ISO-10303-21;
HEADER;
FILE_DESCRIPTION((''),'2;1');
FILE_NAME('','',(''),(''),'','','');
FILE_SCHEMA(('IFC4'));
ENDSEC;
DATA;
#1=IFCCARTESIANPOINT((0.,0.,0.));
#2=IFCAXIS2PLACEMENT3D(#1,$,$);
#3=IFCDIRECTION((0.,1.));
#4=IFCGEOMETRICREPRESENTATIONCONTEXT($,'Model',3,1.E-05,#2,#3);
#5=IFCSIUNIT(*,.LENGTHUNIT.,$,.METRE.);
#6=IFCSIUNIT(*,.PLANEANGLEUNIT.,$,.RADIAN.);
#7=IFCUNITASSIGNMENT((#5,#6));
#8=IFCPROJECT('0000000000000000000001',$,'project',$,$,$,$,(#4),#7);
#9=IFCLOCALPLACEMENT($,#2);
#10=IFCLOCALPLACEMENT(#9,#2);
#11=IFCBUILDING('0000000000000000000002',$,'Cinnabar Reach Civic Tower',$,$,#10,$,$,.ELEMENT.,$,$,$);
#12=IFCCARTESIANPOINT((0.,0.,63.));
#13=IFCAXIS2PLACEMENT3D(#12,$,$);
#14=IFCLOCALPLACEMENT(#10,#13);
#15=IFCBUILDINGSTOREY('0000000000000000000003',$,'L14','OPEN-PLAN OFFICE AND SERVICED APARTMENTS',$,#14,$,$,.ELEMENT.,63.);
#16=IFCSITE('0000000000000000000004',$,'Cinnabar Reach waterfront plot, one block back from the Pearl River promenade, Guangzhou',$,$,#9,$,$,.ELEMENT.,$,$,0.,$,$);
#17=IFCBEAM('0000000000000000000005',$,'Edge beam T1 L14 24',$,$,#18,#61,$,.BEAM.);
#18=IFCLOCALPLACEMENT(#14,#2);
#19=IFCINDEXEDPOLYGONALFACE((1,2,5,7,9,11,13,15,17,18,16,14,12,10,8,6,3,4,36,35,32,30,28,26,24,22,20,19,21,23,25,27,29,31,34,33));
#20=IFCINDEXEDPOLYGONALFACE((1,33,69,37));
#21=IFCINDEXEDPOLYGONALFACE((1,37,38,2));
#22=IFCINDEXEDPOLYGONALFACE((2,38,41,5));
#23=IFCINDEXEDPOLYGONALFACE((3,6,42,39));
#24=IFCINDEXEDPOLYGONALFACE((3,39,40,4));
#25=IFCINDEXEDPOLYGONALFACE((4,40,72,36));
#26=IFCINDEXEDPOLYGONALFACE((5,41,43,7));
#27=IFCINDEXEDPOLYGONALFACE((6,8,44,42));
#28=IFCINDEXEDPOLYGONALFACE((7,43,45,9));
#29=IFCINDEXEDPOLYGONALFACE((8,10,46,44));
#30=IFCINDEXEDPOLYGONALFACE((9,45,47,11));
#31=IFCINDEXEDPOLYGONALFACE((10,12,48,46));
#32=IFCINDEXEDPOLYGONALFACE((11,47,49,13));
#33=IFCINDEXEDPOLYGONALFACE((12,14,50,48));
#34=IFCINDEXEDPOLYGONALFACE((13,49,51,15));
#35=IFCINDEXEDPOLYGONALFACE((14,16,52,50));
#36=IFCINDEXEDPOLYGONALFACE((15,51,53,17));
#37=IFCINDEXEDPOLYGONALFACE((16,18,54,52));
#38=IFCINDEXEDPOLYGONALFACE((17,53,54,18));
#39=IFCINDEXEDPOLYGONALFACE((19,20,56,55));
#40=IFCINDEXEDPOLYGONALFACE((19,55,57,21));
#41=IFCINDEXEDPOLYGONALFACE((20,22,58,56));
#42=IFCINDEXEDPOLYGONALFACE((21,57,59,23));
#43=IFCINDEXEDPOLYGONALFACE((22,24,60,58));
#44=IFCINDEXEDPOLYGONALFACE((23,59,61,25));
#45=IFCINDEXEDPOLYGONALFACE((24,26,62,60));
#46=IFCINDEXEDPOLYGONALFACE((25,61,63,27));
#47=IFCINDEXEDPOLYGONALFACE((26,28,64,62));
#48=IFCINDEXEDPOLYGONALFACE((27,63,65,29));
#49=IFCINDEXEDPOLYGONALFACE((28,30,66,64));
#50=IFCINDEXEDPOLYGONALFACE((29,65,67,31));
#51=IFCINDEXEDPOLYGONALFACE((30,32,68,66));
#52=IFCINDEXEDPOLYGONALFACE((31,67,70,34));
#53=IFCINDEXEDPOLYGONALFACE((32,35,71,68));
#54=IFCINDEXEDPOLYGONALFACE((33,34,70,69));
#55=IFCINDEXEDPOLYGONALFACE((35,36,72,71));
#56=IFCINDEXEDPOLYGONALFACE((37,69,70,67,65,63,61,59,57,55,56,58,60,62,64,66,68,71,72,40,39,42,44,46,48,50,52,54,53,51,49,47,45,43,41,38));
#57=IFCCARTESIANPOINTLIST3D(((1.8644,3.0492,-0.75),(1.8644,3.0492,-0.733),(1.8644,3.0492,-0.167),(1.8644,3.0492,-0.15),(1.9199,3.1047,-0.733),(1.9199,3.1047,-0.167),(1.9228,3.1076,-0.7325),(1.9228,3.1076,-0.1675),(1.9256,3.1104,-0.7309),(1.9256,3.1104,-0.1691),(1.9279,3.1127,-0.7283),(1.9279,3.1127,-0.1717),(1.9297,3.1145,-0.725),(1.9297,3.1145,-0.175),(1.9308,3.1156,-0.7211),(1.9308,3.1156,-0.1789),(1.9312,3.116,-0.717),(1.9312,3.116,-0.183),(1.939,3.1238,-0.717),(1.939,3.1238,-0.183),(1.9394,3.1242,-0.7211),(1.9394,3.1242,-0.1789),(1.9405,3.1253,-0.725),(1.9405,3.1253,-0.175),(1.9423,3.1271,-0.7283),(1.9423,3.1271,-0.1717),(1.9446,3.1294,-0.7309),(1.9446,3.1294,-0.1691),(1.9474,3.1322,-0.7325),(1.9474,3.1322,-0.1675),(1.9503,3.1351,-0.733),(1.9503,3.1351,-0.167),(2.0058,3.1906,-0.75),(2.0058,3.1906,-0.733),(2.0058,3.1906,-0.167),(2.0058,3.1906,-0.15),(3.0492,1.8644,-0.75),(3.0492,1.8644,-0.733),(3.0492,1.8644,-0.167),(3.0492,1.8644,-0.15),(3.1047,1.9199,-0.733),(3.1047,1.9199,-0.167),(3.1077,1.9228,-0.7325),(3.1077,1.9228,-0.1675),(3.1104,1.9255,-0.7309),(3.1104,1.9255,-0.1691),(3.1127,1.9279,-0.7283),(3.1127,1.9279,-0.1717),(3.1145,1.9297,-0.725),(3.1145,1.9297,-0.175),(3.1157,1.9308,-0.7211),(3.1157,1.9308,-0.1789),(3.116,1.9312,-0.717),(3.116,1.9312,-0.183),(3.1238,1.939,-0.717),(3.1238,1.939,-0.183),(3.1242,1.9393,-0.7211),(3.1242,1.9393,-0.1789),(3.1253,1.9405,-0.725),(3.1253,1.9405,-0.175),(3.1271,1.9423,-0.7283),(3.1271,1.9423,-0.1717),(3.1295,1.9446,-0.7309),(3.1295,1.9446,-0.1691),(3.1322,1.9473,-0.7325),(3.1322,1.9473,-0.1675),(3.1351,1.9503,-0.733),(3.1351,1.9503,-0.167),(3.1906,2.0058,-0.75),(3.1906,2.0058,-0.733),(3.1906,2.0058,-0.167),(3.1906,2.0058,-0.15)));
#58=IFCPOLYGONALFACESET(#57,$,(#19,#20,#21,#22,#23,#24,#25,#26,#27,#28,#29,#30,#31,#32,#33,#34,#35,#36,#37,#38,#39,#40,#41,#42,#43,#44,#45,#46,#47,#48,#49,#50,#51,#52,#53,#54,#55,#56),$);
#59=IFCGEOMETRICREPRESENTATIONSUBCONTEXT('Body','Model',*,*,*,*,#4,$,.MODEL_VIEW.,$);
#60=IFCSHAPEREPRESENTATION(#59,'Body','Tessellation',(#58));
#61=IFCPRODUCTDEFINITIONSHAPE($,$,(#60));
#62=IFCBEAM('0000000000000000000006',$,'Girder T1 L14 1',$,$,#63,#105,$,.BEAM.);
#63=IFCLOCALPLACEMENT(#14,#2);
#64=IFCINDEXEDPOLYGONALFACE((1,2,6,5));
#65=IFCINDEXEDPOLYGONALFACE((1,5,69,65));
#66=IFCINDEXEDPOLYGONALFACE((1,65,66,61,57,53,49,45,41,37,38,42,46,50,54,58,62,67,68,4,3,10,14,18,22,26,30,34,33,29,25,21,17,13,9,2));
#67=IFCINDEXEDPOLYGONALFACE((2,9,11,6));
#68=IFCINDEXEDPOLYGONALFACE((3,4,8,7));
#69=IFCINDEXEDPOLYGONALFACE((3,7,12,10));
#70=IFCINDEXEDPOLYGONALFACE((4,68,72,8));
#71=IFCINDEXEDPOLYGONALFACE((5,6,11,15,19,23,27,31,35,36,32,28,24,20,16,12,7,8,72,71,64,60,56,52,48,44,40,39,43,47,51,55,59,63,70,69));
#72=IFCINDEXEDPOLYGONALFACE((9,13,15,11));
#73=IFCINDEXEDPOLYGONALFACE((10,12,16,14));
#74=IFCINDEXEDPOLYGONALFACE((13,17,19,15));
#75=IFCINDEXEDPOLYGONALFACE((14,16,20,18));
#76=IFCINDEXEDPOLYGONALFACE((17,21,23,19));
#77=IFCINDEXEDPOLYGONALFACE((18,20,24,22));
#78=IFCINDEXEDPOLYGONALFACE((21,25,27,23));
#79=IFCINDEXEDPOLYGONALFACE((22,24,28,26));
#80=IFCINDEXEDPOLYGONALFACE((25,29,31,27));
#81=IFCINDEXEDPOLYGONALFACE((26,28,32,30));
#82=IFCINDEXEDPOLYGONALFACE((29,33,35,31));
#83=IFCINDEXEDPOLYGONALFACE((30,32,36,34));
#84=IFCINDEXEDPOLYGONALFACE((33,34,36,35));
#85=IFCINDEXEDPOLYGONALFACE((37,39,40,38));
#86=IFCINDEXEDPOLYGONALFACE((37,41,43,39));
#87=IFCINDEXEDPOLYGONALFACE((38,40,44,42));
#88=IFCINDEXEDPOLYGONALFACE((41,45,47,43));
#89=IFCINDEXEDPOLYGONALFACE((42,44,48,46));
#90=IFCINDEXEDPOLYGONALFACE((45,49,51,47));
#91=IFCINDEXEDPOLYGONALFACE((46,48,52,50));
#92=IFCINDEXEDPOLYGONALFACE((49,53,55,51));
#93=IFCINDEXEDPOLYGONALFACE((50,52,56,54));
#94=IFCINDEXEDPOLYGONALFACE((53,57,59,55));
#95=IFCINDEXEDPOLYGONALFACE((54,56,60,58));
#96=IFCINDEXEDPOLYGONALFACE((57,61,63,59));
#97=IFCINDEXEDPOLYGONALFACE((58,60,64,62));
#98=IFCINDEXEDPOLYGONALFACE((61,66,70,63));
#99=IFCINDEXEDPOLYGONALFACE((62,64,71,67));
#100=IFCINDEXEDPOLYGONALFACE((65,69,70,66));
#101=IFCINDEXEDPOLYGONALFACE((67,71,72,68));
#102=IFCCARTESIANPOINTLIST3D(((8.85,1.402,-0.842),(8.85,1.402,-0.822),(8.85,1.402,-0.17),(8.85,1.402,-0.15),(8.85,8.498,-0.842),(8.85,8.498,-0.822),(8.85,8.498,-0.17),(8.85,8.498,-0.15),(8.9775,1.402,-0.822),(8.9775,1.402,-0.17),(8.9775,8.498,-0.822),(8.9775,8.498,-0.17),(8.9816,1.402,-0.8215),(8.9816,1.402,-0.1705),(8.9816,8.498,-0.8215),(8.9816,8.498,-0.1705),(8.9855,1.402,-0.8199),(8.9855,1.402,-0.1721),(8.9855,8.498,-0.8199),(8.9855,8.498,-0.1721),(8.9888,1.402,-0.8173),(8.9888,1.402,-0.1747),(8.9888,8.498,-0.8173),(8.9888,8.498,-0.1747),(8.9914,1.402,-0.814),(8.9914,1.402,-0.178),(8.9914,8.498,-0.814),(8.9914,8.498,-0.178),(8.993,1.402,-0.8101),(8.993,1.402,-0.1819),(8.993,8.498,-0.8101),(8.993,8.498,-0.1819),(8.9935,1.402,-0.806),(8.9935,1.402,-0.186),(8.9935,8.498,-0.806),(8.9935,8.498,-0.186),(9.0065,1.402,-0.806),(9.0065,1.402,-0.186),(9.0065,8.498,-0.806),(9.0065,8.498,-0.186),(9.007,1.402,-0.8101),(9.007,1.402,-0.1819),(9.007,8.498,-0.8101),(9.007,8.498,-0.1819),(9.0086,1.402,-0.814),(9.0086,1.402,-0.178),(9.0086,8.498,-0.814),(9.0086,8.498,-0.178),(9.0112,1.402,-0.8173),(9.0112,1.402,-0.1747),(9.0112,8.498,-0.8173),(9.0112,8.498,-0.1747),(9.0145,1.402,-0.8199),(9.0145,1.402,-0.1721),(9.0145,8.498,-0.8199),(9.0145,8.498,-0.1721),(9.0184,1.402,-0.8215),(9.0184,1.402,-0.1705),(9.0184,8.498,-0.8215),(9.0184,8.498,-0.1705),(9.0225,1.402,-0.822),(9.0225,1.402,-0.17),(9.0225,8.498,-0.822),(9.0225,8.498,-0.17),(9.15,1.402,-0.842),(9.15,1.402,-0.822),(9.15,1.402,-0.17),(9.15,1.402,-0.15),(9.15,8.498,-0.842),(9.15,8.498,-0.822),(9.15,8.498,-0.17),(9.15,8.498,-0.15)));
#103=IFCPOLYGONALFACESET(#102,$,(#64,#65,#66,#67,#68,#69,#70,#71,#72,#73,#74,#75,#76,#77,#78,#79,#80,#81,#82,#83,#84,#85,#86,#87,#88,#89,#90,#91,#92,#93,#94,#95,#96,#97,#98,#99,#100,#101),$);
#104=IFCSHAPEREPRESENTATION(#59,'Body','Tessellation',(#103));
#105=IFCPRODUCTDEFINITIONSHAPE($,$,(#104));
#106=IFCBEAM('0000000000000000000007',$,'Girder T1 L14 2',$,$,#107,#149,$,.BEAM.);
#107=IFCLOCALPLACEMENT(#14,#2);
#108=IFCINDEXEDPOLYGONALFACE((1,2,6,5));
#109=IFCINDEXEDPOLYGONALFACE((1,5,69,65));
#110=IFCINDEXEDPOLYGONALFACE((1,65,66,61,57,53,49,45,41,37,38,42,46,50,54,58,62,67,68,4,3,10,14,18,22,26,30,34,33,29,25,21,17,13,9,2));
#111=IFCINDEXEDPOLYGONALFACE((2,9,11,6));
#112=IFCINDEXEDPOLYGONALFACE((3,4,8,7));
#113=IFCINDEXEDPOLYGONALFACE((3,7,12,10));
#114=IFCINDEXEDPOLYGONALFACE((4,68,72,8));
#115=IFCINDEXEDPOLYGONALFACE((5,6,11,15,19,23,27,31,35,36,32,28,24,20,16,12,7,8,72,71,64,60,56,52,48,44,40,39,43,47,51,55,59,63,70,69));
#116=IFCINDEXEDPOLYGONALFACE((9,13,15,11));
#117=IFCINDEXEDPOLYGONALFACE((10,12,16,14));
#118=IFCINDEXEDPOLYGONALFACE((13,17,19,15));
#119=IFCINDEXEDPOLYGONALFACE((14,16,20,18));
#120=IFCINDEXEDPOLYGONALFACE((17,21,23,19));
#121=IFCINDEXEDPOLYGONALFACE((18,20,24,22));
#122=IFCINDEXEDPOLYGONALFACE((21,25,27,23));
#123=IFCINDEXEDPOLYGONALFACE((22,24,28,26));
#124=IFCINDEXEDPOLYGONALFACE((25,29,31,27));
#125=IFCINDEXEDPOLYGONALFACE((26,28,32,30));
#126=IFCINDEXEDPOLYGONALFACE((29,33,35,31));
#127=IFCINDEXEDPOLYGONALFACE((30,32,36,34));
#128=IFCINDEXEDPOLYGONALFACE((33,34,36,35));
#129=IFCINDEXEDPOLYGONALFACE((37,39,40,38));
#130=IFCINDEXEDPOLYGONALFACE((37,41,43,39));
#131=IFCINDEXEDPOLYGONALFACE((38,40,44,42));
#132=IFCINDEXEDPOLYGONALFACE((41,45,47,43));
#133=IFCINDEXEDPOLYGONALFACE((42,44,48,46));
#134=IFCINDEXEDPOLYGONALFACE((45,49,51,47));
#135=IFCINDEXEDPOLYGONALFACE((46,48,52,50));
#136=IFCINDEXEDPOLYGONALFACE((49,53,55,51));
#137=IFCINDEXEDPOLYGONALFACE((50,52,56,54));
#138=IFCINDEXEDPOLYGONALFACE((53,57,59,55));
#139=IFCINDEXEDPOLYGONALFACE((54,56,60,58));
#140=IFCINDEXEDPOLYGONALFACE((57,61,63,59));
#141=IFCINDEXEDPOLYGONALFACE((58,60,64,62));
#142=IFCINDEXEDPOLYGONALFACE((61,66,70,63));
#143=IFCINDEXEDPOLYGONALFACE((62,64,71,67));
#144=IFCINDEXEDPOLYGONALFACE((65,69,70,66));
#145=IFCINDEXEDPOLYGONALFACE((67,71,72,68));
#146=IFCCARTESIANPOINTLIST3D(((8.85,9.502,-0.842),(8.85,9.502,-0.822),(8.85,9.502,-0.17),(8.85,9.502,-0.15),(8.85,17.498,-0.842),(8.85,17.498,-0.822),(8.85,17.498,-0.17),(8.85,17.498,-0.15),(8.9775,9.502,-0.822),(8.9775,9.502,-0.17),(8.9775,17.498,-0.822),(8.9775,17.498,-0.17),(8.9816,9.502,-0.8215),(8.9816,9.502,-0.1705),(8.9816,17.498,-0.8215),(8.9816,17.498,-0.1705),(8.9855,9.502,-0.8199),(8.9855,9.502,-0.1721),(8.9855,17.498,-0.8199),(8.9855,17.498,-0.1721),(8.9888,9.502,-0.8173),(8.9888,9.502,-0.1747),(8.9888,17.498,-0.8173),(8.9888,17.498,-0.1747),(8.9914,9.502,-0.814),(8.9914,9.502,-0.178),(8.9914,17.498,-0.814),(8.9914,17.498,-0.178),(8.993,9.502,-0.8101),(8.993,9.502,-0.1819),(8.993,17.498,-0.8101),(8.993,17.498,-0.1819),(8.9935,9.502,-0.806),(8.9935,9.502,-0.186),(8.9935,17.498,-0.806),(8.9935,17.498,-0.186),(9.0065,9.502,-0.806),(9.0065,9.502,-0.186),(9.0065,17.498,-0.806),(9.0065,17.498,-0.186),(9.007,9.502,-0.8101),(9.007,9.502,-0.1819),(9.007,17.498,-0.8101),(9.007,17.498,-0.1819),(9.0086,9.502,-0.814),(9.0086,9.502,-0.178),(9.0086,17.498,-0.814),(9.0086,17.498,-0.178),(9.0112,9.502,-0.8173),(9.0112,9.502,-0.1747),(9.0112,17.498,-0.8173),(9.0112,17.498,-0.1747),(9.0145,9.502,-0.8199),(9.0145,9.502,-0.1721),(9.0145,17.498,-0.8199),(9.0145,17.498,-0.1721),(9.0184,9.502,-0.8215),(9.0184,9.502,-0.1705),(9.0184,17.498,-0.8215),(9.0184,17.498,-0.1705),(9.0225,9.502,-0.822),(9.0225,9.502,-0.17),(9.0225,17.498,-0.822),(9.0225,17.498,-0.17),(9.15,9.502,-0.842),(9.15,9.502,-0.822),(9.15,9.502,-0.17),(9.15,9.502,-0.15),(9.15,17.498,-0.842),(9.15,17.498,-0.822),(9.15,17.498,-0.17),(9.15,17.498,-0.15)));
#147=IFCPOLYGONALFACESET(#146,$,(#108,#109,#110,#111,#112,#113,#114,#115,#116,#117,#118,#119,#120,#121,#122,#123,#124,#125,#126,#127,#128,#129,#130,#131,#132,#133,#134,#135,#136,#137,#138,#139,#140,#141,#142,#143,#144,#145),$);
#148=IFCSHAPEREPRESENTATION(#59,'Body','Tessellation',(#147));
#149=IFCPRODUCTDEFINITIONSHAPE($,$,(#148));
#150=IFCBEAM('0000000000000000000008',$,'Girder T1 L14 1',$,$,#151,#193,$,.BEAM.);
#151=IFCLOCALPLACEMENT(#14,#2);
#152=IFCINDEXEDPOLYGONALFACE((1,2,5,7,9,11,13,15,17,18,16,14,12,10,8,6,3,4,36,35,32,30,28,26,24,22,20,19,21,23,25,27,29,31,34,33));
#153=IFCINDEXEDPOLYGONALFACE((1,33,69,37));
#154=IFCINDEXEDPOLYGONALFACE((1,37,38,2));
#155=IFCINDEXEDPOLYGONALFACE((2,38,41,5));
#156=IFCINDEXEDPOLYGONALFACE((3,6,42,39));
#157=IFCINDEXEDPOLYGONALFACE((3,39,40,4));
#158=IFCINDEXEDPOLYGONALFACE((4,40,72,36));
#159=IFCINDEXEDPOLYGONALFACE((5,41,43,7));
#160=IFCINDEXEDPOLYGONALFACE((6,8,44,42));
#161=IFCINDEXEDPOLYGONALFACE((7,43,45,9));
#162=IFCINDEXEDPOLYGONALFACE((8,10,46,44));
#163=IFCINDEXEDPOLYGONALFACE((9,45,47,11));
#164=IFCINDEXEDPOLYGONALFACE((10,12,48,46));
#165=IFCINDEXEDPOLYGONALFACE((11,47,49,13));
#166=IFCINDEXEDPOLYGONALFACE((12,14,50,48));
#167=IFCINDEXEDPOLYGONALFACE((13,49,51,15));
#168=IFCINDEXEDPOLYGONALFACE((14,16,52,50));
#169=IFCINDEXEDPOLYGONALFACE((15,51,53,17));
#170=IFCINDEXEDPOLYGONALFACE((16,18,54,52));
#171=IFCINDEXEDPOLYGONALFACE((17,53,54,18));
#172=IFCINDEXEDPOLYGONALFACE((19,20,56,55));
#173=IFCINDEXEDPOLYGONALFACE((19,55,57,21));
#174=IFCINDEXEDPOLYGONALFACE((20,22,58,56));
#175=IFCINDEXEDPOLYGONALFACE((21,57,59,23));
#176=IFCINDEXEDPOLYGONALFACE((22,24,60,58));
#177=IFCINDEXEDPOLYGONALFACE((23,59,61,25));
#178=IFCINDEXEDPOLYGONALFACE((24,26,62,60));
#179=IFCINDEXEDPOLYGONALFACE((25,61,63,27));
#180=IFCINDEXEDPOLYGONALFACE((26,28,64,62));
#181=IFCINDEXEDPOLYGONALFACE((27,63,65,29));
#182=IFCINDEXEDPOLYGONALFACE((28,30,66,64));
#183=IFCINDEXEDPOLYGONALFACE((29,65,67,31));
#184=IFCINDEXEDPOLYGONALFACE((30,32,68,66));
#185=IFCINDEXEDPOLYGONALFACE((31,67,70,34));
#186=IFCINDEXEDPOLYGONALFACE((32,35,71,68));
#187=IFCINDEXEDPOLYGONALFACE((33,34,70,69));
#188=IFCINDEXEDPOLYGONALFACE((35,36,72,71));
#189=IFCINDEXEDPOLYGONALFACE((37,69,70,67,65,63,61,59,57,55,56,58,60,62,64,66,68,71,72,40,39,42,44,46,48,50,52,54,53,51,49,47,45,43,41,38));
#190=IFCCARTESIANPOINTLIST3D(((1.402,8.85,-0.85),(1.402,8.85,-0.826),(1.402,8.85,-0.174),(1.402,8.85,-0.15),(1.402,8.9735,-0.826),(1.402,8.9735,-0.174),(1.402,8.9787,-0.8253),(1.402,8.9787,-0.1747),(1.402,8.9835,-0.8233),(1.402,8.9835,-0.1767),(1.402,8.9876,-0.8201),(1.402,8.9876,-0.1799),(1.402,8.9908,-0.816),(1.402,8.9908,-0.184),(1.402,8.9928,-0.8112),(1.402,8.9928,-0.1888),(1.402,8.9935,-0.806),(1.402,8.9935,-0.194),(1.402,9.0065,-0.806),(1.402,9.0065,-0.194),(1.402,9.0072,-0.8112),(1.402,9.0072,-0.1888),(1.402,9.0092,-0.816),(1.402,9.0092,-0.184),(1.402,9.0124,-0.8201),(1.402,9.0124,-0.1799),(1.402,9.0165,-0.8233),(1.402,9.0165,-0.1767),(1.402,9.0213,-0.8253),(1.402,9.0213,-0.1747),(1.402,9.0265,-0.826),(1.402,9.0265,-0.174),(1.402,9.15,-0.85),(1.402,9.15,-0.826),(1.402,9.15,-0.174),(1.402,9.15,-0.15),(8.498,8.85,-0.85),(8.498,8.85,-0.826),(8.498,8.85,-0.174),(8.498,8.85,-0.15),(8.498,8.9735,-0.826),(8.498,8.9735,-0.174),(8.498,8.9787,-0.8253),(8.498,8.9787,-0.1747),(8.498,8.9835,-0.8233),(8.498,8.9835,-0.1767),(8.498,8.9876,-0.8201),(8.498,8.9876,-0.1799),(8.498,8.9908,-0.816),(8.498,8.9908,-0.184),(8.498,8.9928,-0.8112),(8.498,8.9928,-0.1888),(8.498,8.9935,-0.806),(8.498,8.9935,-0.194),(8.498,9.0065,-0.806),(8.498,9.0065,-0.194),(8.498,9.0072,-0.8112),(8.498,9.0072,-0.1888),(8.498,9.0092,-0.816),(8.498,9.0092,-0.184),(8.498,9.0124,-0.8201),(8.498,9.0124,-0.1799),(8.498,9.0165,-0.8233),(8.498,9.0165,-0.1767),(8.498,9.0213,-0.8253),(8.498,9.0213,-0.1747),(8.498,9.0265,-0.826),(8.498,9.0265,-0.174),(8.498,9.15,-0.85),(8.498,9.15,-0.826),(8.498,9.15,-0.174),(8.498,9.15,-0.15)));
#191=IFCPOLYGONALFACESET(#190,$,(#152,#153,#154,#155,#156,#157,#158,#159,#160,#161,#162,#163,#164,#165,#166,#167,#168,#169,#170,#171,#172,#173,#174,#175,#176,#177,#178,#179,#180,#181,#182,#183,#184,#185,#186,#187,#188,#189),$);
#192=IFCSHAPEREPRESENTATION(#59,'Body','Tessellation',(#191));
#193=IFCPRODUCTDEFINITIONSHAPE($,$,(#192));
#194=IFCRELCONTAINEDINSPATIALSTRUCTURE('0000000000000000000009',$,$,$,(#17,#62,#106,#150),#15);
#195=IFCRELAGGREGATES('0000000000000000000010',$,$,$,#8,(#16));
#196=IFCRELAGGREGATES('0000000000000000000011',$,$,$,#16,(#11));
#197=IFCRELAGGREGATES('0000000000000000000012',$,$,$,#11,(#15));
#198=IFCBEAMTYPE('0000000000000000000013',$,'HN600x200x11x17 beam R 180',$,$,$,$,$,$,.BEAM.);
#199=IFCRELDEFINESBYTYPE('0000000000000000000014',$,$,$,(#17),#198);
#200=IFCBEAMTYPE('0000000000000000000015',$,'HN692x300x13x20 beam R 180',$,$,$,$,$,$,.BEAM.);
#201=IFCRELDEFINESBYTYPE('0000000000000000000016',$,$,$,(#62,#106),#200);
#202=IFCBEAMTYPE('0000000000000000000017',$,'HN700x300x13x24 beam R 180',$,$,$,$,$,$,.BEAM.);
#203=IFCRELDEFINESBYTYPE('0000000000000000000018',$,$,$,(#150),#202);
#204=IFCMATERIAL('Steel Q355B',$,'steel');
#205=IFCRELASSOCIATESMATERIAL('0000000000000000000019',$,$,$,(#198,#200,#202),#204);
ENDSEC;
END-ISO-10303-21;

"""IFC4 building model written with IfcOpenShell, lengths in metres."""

from ifc_helpers import new_model, si_unit, direction, frame, origin, origin_2d, place, context, subcontext, project, spatial, i_section, extrude, material, material_profile, profile_set, type_object, element, save


model = new_model("IFC4")

# Units and contexts
model_context = context("Model", 3, precision=1e-05, world=origin(), true_north=direction((0.0, 1.0)))
body_context = subcontext(model_context, "Body", "Model", "MODEL_VIEW")
ifc_project = project(units=[si_unit("LENGTHUNIT", "METRE"), si_unit("PLANEANGLEUNIT", "RADIAN")], contexts=[model_context])

# Site, building, storey
site_placement = place(None, origin())
site = spatial("IfcSite", under=ifc_project, at=site_placement, Name="Cinnabar Reach waterfront plot, one block back from the Pearl River promenade, Guangzhou", CompositionType="ELEMENT", RefElevation=0.0)
building_placement = place(site_placement, origin())
building = spatial("IfcBuilding", under=site, at=building_placement, Name="Cinnabar Reach Civic Tower", CompositionType="ELEMENT")
storey_placement = place(building_placement, frame((0.0, 0.0, 63.0)))
storey = spatial("IfcBuildingStorey", under=building, at=storey_placement, Name="L14", Description="OPEN-PLAN OFFICE AND SERVICED APARTMENTS", CompositionType="ELEMENT", Elevation=63.0)

# Beams
ifc_material_1 = material(Name="Steel Q355B", Category="steel")
ifc_material_profile_1 = material_profile(ifc_material_1, i_section(OverallWidth=0.2, OverallDepth=0.6, WebThickness=0.011, FlangeThickness=0.017, FilletRadius=0.016, at=origin_2d()), Name="HN600x200x11x17")
ifc_profile_set_1 = profile_set([ifc_material_profile_1], Name="Steel Q355B")
beam_type_1 = type_object("IfcBeamType", Name="HN600x200x11x17 beam R 180", PredefinedType="BEAM", material=ifc_profile_set_1)
beam_1_placement = place(storey_placement, frame((1.9351, 3.1199, -0.45), z_axis=(0.707107, -0.707107, 0.0), x_axis=(0.707107, 0.707107, 0.0)))
element("IfcBeam", 1, at=beam_1_placement, inside=storey, type_object=beam_type_1, Name="Edge beam T1 L14 24", PredefinedType="BEAM", context=body_context, shape_type="SweptSolid", body=[
    extrude(i_section(OverallWidth=0.2, OverallDepth=0.6, WebThickness=0.011, FlangeThickness=0.017, FilletRadius=0.016, at=origin_2d()), origin(), (0.0, 0.0, 1.0), 1.6756),
])
ifc_material_profile_2 = material_profile(ifc_material_1, i_section(OverallWidth=0.3, OverallDepth=0.692, WebThickness=0.013, FlangeThickness=0.02, FilletRadius=0.016, at=origin_2d()), Name="HN692x300x13x20")
ifc_profile_set_2 = profile_set([ifc_material_profile_2], Name="Steel Q355B")
beam_type_2 = type_object("IfcBeamType", Name="HN692x300x13x20 beam R 180", PredefinedType="BEAM", material=ifc_profile_set_2)
beam_2_placement = place(storey_placement, frame((9.0, 1.402, -0.496), z_axis=(0.0, 1.0, 0.0), x_axis=(-1.0, 0.0, 0.0)))
element("IfcBeam", 2, at=beam_2_placement, inside=storey, type_object=beam_type_2, Name="Girder T1 L14 1", PredefinedType="BEAM", context=body_context, shape_type="SweptSolid", body=[
    extrude(i_section(OverallWidth=0.3, OverallDepth=0.692, WebThickness=0.013, FlangeThickness=0.02, FilletRadius=0.016, at=origin_2d()), origin(), (0.0, 0.0, 1.0), 7.096),
])
beam_3_placement = place(storey_placement, frame((9.0, 9.502, -0.496), z_axis=(0.0, 1.0, 0.0), x_axis=(-1.0, 0.0, 0.0)))
element("IfcBeam", 3, at=beam_3_placement, inside=storey, type_object=beam_type_2, Name="Girder T1 L14 2", PredefinedType="BEAM", context=body_context, shape_type="SweptSolid", body=[
    extrude(i_section(OverallWidth=0.3, OverallDepth=0.692, WebThickness=0.013, FlangeThickness=0.02, FilletRadius=0.016, at=origin_2d()), origin(), (0.0, 0.0, 1.0), 7.996),
])
ifc_material_profile_3 = material_profile(ifc_material_1, i_section(OverallWidth=0.3, OverallDepth=0.7, WebThickness=0.013, FlangeThickness=0.024, FilletRadius=0.02, at=origin_2d()), Name="HN700x300x13x24")
ifc_profile_set_3 = profile_set([ifc_material_profile_3], Name="Steel Q355B")
beam_type_3 = type_object("IfcBeamType", Name="HN700x300x13x24 beam R 180", PredefinedType="BEAM", material=ifc_profile_set_3)
beam_4_placement = place(storey_placement, frame((1.402, 9.0, -0.5), z_axis=(1.0, 0.0, 0.0), x_axis=(0.0, 1.0, 0.0)))
element("IfcBeam", 4, at=beam_4_placement, inside=storey, type_object=beam_type_3, Name="Girder T1 L14 1", PredefinedType="BEAM", context=body_context, shape_type="SweptSolid", body=[
    extrude(i_section(OverallWidth=0.3, OverallDepth=0.7, WebThickness=0.013, FlangeThickness=0.024, FilletRadius=0.02, at=origin_2d()), origin(), (0.0, 0.0, 1.0), 7.096),
])

save(model, "model.ifc")
